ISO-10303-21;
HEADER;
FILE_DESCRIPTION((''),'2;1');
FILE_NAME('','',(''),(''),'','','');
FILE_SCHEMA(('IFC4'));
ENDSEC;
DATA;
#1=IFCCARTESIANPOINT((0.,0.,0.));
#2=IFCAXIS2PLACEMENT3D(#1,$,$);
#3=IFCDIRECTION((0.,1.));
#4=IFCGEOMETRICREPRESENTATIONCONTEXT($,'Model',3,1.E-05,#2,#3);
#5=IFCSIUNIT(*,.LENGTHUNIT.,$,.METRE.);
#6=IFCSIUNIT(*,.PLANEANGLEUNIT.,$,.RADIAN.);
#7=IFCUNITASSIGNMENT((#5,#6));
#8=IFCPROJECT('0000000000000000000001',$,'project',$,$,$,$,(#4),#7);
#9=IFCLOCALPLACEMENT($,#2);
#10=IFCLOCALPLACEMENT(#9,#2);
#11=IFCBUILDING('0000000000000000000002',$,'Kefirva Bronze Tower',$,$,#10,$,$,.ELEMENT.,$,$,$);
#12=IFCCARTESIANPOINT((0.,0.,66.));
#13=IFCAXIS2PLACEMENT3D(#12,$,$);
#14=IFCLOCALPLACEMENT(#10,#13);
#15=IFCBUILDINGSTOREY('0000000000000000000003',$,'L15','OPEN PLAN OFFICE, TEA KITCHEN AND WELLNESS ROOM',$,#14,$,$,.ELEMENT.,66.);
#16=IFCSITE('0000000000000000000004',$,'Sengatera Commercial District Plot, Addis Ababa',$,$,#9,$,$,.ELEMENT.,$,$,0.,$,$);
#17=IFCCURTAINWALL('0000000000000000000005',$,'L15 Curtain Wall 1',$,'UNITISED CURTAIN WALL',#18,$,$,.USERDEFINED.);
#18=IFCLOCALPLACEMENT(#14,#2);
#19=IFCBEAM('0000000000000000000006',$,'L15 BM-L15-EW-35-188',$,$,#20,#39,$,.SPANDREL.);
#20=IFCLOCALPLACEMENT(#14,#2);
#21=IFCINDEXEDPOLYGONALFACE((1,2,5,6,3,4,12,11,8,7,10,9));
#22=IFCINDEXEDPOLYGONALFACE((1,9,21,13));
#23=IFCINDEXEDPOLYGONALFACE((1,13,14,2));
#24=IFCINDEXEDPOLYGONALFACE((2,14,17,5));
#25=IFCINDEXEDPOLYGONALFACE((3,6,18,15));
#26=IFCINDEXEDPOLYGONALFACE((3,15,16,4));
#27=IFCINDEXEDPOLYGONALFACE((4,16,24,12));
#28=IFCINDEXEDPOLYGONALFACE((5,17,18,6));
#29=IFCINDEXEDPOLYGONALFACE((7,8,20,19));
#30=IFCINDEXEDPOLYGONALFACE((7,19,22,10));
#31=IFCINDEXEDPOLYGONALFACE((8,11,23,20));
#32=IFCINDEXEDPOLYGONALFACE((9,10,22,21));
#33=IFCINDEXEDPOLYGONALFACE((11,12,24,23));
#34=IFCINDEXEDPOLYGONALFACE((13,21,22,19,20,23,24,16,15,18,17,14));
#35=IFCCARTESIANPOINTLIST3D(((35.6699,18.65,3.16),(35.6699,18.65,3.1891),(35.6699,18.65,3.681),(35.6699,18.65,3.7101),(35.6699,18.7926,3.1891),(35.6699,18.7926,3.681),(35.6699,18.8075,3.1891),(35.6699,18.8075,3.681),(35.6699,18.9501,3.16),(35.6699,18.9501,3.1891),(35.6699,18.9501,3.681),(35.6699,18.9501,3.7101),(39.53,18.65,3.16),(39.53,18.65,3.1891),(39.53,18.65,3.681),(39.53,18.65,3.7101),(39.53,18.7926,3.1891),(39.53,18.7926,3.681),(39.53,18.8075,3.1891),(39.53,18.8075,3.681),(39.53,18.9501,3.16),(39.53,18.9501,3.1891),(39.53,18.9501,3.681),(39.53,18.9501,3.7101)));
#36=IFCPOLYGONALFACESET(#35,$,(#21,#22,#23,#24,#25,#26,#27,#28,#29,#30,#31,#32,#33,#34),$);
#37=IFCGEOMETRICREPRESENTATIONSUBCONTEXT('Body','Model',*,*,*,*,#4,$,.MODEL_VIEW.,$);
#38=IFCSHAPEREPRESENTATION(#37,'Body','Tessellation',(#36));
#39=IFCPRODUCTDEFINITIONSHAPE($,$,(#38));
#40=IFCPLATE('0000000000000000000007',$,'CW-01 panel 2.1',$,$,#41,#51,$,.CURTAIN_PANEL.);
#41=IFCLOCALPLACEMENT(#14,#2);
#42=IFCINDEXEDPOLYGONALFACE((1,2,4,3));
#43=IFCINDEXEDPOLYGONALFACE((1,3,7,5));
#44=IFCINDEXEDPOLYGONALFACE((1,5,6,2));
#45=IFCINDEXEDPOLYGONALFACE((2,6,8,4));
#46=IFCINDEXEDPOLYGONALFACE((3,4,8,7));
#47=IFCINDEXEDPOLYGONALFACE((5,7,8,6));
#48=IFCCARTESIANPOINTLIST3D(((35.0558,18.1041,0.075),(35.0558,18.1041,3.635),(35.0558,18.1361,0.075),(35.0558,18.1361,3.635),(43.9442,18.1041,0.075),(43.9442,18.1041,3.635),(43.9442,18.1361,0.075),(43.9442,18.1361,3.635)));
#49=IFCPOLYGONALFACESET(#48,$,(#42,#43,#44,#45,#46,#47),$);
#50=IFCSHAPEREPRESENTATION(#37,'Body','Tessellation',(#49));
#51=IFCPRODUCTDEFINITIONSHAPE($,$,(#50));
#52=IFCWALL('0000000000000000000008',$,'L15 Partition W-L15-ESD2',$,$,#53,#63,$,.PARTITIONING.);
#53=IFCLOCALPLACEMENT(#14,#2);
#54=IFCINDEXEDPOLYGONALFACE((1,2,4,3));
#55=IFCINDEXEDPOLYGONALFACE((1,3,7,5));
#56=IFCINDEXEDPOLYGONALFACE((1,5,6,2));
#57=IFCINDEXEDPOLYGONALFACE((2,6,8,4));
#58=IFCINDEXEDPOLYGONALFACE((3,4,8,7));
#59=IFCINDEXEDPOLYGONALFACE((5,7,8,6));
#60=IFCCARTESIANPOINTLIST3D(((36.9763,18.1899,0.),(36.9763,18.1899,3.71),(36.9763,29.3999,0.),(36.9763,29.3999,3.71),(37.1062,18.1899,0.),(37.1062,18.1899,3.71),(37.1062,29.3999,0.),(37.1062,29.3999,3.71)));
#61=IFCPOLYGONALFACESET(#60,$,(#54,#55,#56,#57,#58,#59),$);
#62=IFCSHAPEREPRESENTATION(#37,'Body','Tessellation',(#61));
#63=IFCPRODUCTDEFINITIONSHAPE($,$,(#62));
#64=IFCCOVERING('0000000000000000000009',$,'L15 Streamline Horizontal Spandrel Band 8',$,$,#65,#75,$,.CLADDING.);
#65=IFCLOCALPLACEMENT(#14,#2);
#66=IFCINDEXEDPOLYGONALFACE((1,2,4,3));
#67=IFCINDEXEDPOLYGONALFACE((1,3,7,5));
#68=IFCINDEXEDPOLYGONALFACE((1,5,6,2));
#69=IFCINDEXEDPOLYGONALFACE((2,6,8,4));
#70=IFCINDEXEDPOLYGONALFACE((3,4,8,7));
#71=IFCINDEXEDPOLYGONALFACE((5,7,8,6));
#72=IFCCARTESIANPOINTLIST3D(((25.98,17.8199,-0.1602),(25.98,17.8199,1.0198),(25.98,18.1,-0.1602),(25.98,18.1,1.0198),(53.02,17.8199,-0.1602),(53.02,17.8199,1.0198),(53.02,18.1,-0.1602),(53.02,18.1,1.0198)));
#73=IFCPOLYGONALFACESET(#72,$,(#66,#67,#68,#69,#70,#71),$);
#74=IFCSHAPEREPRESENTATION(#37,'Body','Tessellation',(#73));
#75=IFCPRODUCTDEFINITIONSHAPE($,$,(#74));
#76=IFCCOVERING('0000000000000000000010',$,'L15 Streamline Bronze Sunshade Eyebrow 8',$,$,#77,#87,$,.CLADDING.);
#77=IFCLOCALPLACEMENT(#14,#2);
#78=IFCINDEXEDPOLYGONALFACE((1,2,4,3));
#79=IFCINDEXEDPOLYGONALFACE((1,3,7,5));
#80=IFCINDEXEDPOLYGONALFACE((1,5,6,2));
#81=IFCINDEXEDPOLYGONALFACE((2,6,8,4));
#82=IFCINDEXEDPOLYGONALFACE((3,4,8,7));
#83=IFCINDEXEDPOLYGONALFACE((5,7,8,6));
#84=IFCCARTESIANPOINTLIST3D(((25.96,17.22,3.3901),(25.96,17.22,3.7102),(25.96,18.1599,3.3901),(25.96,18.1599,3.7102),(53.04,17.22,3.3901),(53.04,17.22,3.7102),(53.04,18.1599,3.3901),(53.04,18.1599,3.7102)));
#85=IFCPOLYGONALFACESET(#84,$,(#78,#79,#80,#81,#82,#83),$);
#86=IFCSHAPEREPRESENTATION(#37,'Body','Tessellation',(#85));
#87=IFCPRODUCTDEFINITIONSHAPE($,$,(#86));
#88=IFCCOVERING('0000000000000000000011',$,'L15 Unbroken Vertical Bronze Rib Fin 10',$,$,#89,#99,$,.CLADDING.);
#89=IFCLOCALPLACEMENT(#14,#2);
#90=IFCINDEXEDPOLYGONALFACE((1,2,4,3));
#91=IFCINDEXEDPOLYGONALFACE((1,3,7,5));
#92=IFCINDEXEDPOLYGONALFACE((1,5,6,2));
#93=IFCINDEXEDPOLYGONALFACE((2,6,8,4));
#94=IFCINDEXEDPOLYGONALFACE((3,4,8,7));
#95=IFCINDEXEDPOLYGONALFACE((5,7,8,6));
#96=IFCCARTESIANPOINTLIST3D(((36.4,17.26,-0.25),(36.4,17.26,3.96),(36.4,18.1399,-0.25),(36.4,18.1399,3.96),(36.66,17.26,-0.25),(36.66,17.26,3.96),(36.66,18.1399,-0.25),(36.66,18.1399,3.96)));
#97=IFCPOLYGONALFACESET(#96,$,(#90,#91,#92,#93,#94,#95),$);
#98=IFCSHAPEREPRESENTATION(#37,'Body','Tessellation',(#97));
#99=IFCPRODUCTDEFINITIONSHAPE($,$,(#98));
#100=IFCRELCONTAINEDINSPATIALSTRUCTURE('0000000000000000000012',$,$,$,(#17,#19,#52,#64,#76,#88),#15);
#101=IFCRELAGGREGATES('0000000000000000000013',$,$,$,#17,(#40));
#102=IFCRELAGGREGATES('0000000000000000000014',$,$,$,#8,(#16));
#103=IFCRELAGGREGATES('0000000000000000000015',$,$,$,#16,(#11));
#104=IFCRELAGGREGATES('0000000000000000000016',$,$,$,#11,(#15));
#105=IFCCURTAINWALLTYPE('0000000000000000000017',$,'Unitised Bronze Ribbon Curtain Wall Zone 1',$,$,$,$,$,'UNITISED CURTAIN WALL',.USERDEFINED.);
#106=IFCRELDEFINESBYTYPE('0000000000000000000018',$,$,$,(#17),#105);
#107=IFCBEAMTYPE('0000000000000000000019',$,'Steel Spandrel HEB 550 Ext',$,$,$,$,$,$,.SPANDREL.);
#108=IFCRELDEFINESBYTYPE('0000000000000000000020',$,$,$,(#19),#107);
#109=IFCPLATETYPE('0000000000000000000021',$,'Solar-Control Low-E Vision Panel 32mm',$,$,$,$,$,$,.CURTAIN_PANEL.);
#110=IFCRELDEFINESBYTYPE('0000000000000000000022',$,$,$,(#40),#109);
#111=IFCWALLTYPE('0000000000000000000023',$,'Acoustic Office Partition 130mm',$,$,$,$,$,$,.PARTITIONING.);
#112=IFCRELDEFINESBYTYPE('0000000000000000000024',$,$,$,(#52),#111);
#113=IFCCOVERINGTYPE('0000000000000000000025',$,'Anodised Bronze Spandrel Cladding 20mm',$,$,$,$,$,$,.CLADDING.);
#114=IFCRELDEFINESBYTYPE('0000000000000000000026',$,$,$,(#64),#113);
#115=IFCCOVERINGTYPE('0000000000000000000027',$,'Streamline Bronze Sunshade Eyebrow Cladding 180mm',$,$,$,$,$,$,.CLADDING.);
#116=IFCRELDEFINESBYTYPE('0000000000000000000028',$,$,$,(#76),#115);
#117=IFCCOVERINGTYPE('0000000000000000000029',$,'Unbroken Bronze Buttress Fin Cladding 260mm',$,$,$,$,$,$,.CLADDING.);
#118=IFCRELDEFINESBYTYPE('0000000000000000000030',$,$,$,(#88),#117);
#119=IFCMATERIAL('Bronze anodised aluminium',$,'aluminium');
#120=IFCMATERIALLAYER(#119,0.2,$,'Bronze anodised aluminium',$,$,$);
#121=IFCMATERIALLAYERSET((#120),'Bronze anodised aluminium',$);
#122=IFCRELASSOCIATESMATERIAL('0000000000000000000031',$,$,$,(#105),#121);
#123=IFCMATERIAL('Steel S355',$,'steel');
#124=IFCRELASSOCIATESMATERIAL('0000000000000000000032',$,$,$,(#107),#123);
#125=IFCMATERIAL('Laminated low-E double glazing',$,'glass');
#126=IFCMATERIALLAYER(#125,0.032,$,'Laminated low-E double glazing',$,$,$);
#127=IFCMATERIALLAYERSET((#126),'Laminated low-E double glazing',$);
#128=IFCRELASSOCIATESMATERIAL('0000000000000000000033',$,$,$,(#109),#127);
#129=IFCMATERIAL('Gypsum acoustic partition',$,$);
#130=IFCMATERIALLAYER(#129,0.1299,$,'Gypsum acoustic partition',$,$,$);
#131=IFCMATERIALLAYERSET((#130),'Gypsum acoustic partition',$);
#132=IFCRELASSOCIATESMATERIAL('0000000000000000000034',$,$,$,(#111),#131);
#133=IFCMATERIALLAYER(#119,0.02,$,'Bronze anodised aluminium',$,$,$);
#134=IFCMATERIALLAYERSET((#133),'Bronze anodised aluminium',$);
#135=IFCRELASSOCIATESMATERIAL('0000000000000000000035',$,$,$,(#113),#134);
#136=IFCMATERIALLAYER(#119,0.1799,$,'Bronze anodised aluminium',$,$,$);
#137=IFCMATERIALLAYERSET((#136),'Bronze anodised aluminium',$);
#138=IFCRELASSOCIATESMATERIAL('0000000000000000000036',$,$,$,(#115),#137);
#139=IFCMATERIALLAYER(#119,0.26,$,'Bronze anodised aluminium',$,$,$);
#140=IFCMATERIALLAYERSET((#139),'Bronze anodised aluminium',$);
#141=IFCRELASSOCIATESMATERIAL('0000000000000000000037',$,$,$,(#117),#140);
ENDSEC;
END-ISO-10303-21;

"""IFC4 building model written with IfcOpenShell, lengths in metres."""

from ifc_helpers import new_model, si_unit, direction, frame, frame_2d, origin, origin_2d, place, context, subcontext, project, spatial, rectangle, i_section, extrude, material, layer, layer_set, material_profile, profile_set, type_object, element, aggregate, save


model = new_model("IFC4")

# Units and contexts
model_context = context("Model", 3, precision=1e-05, world=origin(), true_north=direction((0.0, 1.0)))
body_context = subcontext(model_context, "Body", "Model", "MODEL_VIEW")
ifc_project = project(units=[si_unit("LENGTHUNIT", "METRE"), si_unit("PLANEANGLEUNIT", "RADIAN")], contexts=[model_context])

# Site, building, storey
site_placement = place(None, origin())
site = spatial("IfcSite", under=ifc_project, at=site_placement, Name="Sengatera Commercial District Plot, Addis Ababa", CompositionType="ELEMENT", RefElevation=0.0)
building_placement = place(site_placement, origin())
building = spatial("IfcBuilding", under=site, at=building_placement, Name="Kefirva Bronze Tower", CompositionType="ELEMENT")
storey_placement = place(building_placement, frame((0.0, 0.0, 66.0)))
storey = spatial("IfcBuildingStorey", under=building, at=storey_placement, Name="L15", Description="OPEN PLAN OFFICE, TEA KITCHEN AND WELLNESS ROOM", CompositionType="ELEMENT", Elevation=66.0)

# Curtain wall
ifc_material_1 = material(Name="Bronze anodised aluminium", Category="aluminium")
ifc_layer_1 = layer(ifc_material_1, 0.2, Name="Bronze anodised aluminium")
ifc_layer_set_1 = layer_set([ifc_layer_1], Name="Bronze anodised aluminium")
curtain_wall_type = type_object("IfcCurtainWallType", Name="Unitised Bronze Ribbon Curtain Wall Zone 1", ElementType="UNITISED CURTAIN WALL", PredefinedType="USERDEFINED", material=ifc_layer_set_1)
curtain_wall_placement = place(storey_placement, origin())
curtain_wall = element("IfcCurtainWall", 1, at=curtain_wall_placement, inside=storey, type_object=curtain_wall_type, Name="L15 Curtain Wall 1", ObjectType="UNITISED CURTAIN WALL", PredefinedType="USERDEFINED")

# Beam
ifc_material_2 = material(Name="Steel S355", Category="steel")
ifc_material_profile_1 = material_profile(ifc_material_2, i_section(OverallWidth=0.3, OverallDepth=0.55, WebThickness=0.0149, FlangeThickness=0.0291, at=origin_2d()), Name="HEB 550")
ifc_profile_set_1 = profile_set([ifc_material_profile_1], Name="Steel S355")
beam_type_1 = type_object("IfcBeamType", Name="Steel Spandrel HEB 550 Ext", PredefinedType="SPANDREL", material=ifc_profile_set_1)
beam_1_placement = place(storey_placement, frame((35.6699, 18.8, 3.4351), z_axis=(1.0, 0.0, 0.0), x_axis=(0.0, 1.0, 0.0)))
element("IfcBeam", 2, at=beam_1_placement, inside=storey, type_object=beam_type_1, Name="L15 BM-L15-EW-35-188", PredefinedType="SPANDREL", context=body_context, shape_type="SweptSolid", body=[
    extrude(i_section(OverallWidth=0.3, OverallDepth=0.55, WebThickness=0.0149, FlangeThickness=0.0291, at=origin_2d()), origin(), (0.0, 0.0, 1.0), 3.8601),
])

# Plate
ifc_material_3 = material(Name="Laminated low-E double glazing", Category="glass")
ifc_layer_2 = layer(ifc_material_3, 0.032, Name="Laminated low-E double glazing")
ifc_layer_set_2 = layer_set([ifc_layer_2], Name="Laminated low-E double glazing")
plate_type = type_object("IfcPlateType", Name="Solar-Control Low-E Vision Panel 32mm", PredefinedType="CURTAIN_PANEL", material=ifc_layer_set_2)
plate_placement = place(storey_placement, frame((39.5, 18.1201, 0.075), z_axis=(0.0, 0.0, 1.0), x_axis=(1.0, 0.0, 0.0)))
plate = element("IfcPlate", 3, at=plate_placement, type_object=plate_type, Name="CW-01 panel 2.1", PredefinedType="CURTAIN_PANEL", context=body_context, shape_type="SweptSolid", body=[
    extrude(rectangle(XDim=8.8884, YDim=0.032, at=origin_2d()), origin(), (0.0, 0.0, 1.0), 3.5601),
])
aggregate(curtain_wall, [plate])

# Wall
ifc_material_4 = material(Name="Gypsum acoustic partition")
ifc_layer_3 = layer(ifc_material_4, 0.1299, Name="Gypsum acoustic partition")
ifc_layer_set_3 = layer_set([ifc_layer_3], Name="Gypsum acoustic partition")
wall_type = type_object("IfcWallType", Name="Acoustic Office Partition 130mm", PredefinedType="PARTITIONING", material=ifc_layer_set_3)
wall_placement = place(storey_placement, frame((37.0413, 18.1899, 0.0), z_axis=(0.0, 0.0, 1.0), x_axis=(0.0, 1.0, 0.0)))
element("IfcWall", 4, at=wall_placement, inside=storey, type_object=wall_type, Name="L15 Partition W-L15-ESD2", PredefinedType="PARTITIONING", context=body_context, shape_type="SweptSolid", body=[
    extrude(rectangle(XDim=11.21, YDim=0.1299, at=frame_2d((5.605, 0.0))), origin(), (0.0, 0.0, 1.0), 3.71),
])

# Coverings
ifc_layer_4 = layer(ifc_material_1, 0.02, Name="Bronze anodised aluminium")
ifc_layer_set_4 = layer_set([ifc_layer_4], Name="Bronze anodised aluminium")
covering_type_1 = type_object("IfcCoveringType", Name="Anodised Bronze Spandrel Cladding 20mm", PredefinedType="CLADDING", material=ifc_layer_set_4)
covering_1_placement = place(storey_placement, frame((39.5, 17.96, -0.1602), z_axis=(0.0, 0.0, 1.0), x_axis=(1.0, 0.0, 0.0)))
element("IfcCovering", 5, at=covering_1_placement, inside=storey, type_object=covering_type_1, Name="L15 Streamline Horizontal Spandrel Band 8", PredefinedType="CLADDING", context=body_context, shape_type="SweptSolid", body=[
    extrude(rectangle(XDim=27.04, YDim=0.28, at=origin_2d()), origin(), (0.0, 0.0, 1.0), 1.1799),
])
ifc_layer_5 = layer(ifc_material_1, 0.1799, Name="Bronze anodised aluminium")
ifc_layer_set_5 = layer_set([ifc_layer_5], Name="Bronze anodised aluminium")
covering_type_2 = type_object("IfcCoveringType", Name="Streamline Bronze Sunshade Eyebrow Cladding 180mm", PredefinedType="CLADDING", material=ifc_layer_set_5)
covering_2_placement = place(storey_placement, frame((39.5, 17.6899, 3.3901), z_axis=(0.0, 0.0, 1.0), x_axis=(1.0, 0.0, 0.0)))
element("IfcCovering", 6, at=covering_2_placement, inside=storey, type_object=covering_type_2, Name="L15 Streamline Bronze Sunshade Eyebrow 8", PredefinedType="CLADDING", context=body_context, shape_type="SweptSolid", body=[
    extrude(rectangle(XDim=27.0801, YDim=0.9399, at=origin_2d()), origin(), (0.0, 0.0, 1.0), 0.3201),
])
ifc_layer_6 = layer(ifc_material_1, 0.26, Name="Bronze anodised aluminium")
ifc_layer_set_6 = layer_set([ifc_layer_6], Name="Bronze anodised aluminium")
covering_type_3 = type_object("IfcCoveringType", Name="Unbroken Bronze Buttress Fin Cladding 260mm", PredefinedType="CLADDING", material=ifc_layer_set_6)
covering_3_placement = place(storey_placement, frame((36.53, 17.7, -0.25), z_axis=(0.0, 0.0, 1.0), x_axis=(1.0, 0.0, 0.0)))
element("IfcCovering", 7, at=covering_3_placement, inside=storey, type_object=covering_type_3, Name="L15 Unbroken Vertical Bronze Rib Fin 10", PredefinedType="CLADDING", context=body_context, shape_type="SweptSolid", body=[
    extrude(rectangle(XDim=0.26, YDim=0.8799, at=origin_2d()), origin(), (0.0, 0.0, 1.0), 4.21),
])

save(model, "model.ifc")
